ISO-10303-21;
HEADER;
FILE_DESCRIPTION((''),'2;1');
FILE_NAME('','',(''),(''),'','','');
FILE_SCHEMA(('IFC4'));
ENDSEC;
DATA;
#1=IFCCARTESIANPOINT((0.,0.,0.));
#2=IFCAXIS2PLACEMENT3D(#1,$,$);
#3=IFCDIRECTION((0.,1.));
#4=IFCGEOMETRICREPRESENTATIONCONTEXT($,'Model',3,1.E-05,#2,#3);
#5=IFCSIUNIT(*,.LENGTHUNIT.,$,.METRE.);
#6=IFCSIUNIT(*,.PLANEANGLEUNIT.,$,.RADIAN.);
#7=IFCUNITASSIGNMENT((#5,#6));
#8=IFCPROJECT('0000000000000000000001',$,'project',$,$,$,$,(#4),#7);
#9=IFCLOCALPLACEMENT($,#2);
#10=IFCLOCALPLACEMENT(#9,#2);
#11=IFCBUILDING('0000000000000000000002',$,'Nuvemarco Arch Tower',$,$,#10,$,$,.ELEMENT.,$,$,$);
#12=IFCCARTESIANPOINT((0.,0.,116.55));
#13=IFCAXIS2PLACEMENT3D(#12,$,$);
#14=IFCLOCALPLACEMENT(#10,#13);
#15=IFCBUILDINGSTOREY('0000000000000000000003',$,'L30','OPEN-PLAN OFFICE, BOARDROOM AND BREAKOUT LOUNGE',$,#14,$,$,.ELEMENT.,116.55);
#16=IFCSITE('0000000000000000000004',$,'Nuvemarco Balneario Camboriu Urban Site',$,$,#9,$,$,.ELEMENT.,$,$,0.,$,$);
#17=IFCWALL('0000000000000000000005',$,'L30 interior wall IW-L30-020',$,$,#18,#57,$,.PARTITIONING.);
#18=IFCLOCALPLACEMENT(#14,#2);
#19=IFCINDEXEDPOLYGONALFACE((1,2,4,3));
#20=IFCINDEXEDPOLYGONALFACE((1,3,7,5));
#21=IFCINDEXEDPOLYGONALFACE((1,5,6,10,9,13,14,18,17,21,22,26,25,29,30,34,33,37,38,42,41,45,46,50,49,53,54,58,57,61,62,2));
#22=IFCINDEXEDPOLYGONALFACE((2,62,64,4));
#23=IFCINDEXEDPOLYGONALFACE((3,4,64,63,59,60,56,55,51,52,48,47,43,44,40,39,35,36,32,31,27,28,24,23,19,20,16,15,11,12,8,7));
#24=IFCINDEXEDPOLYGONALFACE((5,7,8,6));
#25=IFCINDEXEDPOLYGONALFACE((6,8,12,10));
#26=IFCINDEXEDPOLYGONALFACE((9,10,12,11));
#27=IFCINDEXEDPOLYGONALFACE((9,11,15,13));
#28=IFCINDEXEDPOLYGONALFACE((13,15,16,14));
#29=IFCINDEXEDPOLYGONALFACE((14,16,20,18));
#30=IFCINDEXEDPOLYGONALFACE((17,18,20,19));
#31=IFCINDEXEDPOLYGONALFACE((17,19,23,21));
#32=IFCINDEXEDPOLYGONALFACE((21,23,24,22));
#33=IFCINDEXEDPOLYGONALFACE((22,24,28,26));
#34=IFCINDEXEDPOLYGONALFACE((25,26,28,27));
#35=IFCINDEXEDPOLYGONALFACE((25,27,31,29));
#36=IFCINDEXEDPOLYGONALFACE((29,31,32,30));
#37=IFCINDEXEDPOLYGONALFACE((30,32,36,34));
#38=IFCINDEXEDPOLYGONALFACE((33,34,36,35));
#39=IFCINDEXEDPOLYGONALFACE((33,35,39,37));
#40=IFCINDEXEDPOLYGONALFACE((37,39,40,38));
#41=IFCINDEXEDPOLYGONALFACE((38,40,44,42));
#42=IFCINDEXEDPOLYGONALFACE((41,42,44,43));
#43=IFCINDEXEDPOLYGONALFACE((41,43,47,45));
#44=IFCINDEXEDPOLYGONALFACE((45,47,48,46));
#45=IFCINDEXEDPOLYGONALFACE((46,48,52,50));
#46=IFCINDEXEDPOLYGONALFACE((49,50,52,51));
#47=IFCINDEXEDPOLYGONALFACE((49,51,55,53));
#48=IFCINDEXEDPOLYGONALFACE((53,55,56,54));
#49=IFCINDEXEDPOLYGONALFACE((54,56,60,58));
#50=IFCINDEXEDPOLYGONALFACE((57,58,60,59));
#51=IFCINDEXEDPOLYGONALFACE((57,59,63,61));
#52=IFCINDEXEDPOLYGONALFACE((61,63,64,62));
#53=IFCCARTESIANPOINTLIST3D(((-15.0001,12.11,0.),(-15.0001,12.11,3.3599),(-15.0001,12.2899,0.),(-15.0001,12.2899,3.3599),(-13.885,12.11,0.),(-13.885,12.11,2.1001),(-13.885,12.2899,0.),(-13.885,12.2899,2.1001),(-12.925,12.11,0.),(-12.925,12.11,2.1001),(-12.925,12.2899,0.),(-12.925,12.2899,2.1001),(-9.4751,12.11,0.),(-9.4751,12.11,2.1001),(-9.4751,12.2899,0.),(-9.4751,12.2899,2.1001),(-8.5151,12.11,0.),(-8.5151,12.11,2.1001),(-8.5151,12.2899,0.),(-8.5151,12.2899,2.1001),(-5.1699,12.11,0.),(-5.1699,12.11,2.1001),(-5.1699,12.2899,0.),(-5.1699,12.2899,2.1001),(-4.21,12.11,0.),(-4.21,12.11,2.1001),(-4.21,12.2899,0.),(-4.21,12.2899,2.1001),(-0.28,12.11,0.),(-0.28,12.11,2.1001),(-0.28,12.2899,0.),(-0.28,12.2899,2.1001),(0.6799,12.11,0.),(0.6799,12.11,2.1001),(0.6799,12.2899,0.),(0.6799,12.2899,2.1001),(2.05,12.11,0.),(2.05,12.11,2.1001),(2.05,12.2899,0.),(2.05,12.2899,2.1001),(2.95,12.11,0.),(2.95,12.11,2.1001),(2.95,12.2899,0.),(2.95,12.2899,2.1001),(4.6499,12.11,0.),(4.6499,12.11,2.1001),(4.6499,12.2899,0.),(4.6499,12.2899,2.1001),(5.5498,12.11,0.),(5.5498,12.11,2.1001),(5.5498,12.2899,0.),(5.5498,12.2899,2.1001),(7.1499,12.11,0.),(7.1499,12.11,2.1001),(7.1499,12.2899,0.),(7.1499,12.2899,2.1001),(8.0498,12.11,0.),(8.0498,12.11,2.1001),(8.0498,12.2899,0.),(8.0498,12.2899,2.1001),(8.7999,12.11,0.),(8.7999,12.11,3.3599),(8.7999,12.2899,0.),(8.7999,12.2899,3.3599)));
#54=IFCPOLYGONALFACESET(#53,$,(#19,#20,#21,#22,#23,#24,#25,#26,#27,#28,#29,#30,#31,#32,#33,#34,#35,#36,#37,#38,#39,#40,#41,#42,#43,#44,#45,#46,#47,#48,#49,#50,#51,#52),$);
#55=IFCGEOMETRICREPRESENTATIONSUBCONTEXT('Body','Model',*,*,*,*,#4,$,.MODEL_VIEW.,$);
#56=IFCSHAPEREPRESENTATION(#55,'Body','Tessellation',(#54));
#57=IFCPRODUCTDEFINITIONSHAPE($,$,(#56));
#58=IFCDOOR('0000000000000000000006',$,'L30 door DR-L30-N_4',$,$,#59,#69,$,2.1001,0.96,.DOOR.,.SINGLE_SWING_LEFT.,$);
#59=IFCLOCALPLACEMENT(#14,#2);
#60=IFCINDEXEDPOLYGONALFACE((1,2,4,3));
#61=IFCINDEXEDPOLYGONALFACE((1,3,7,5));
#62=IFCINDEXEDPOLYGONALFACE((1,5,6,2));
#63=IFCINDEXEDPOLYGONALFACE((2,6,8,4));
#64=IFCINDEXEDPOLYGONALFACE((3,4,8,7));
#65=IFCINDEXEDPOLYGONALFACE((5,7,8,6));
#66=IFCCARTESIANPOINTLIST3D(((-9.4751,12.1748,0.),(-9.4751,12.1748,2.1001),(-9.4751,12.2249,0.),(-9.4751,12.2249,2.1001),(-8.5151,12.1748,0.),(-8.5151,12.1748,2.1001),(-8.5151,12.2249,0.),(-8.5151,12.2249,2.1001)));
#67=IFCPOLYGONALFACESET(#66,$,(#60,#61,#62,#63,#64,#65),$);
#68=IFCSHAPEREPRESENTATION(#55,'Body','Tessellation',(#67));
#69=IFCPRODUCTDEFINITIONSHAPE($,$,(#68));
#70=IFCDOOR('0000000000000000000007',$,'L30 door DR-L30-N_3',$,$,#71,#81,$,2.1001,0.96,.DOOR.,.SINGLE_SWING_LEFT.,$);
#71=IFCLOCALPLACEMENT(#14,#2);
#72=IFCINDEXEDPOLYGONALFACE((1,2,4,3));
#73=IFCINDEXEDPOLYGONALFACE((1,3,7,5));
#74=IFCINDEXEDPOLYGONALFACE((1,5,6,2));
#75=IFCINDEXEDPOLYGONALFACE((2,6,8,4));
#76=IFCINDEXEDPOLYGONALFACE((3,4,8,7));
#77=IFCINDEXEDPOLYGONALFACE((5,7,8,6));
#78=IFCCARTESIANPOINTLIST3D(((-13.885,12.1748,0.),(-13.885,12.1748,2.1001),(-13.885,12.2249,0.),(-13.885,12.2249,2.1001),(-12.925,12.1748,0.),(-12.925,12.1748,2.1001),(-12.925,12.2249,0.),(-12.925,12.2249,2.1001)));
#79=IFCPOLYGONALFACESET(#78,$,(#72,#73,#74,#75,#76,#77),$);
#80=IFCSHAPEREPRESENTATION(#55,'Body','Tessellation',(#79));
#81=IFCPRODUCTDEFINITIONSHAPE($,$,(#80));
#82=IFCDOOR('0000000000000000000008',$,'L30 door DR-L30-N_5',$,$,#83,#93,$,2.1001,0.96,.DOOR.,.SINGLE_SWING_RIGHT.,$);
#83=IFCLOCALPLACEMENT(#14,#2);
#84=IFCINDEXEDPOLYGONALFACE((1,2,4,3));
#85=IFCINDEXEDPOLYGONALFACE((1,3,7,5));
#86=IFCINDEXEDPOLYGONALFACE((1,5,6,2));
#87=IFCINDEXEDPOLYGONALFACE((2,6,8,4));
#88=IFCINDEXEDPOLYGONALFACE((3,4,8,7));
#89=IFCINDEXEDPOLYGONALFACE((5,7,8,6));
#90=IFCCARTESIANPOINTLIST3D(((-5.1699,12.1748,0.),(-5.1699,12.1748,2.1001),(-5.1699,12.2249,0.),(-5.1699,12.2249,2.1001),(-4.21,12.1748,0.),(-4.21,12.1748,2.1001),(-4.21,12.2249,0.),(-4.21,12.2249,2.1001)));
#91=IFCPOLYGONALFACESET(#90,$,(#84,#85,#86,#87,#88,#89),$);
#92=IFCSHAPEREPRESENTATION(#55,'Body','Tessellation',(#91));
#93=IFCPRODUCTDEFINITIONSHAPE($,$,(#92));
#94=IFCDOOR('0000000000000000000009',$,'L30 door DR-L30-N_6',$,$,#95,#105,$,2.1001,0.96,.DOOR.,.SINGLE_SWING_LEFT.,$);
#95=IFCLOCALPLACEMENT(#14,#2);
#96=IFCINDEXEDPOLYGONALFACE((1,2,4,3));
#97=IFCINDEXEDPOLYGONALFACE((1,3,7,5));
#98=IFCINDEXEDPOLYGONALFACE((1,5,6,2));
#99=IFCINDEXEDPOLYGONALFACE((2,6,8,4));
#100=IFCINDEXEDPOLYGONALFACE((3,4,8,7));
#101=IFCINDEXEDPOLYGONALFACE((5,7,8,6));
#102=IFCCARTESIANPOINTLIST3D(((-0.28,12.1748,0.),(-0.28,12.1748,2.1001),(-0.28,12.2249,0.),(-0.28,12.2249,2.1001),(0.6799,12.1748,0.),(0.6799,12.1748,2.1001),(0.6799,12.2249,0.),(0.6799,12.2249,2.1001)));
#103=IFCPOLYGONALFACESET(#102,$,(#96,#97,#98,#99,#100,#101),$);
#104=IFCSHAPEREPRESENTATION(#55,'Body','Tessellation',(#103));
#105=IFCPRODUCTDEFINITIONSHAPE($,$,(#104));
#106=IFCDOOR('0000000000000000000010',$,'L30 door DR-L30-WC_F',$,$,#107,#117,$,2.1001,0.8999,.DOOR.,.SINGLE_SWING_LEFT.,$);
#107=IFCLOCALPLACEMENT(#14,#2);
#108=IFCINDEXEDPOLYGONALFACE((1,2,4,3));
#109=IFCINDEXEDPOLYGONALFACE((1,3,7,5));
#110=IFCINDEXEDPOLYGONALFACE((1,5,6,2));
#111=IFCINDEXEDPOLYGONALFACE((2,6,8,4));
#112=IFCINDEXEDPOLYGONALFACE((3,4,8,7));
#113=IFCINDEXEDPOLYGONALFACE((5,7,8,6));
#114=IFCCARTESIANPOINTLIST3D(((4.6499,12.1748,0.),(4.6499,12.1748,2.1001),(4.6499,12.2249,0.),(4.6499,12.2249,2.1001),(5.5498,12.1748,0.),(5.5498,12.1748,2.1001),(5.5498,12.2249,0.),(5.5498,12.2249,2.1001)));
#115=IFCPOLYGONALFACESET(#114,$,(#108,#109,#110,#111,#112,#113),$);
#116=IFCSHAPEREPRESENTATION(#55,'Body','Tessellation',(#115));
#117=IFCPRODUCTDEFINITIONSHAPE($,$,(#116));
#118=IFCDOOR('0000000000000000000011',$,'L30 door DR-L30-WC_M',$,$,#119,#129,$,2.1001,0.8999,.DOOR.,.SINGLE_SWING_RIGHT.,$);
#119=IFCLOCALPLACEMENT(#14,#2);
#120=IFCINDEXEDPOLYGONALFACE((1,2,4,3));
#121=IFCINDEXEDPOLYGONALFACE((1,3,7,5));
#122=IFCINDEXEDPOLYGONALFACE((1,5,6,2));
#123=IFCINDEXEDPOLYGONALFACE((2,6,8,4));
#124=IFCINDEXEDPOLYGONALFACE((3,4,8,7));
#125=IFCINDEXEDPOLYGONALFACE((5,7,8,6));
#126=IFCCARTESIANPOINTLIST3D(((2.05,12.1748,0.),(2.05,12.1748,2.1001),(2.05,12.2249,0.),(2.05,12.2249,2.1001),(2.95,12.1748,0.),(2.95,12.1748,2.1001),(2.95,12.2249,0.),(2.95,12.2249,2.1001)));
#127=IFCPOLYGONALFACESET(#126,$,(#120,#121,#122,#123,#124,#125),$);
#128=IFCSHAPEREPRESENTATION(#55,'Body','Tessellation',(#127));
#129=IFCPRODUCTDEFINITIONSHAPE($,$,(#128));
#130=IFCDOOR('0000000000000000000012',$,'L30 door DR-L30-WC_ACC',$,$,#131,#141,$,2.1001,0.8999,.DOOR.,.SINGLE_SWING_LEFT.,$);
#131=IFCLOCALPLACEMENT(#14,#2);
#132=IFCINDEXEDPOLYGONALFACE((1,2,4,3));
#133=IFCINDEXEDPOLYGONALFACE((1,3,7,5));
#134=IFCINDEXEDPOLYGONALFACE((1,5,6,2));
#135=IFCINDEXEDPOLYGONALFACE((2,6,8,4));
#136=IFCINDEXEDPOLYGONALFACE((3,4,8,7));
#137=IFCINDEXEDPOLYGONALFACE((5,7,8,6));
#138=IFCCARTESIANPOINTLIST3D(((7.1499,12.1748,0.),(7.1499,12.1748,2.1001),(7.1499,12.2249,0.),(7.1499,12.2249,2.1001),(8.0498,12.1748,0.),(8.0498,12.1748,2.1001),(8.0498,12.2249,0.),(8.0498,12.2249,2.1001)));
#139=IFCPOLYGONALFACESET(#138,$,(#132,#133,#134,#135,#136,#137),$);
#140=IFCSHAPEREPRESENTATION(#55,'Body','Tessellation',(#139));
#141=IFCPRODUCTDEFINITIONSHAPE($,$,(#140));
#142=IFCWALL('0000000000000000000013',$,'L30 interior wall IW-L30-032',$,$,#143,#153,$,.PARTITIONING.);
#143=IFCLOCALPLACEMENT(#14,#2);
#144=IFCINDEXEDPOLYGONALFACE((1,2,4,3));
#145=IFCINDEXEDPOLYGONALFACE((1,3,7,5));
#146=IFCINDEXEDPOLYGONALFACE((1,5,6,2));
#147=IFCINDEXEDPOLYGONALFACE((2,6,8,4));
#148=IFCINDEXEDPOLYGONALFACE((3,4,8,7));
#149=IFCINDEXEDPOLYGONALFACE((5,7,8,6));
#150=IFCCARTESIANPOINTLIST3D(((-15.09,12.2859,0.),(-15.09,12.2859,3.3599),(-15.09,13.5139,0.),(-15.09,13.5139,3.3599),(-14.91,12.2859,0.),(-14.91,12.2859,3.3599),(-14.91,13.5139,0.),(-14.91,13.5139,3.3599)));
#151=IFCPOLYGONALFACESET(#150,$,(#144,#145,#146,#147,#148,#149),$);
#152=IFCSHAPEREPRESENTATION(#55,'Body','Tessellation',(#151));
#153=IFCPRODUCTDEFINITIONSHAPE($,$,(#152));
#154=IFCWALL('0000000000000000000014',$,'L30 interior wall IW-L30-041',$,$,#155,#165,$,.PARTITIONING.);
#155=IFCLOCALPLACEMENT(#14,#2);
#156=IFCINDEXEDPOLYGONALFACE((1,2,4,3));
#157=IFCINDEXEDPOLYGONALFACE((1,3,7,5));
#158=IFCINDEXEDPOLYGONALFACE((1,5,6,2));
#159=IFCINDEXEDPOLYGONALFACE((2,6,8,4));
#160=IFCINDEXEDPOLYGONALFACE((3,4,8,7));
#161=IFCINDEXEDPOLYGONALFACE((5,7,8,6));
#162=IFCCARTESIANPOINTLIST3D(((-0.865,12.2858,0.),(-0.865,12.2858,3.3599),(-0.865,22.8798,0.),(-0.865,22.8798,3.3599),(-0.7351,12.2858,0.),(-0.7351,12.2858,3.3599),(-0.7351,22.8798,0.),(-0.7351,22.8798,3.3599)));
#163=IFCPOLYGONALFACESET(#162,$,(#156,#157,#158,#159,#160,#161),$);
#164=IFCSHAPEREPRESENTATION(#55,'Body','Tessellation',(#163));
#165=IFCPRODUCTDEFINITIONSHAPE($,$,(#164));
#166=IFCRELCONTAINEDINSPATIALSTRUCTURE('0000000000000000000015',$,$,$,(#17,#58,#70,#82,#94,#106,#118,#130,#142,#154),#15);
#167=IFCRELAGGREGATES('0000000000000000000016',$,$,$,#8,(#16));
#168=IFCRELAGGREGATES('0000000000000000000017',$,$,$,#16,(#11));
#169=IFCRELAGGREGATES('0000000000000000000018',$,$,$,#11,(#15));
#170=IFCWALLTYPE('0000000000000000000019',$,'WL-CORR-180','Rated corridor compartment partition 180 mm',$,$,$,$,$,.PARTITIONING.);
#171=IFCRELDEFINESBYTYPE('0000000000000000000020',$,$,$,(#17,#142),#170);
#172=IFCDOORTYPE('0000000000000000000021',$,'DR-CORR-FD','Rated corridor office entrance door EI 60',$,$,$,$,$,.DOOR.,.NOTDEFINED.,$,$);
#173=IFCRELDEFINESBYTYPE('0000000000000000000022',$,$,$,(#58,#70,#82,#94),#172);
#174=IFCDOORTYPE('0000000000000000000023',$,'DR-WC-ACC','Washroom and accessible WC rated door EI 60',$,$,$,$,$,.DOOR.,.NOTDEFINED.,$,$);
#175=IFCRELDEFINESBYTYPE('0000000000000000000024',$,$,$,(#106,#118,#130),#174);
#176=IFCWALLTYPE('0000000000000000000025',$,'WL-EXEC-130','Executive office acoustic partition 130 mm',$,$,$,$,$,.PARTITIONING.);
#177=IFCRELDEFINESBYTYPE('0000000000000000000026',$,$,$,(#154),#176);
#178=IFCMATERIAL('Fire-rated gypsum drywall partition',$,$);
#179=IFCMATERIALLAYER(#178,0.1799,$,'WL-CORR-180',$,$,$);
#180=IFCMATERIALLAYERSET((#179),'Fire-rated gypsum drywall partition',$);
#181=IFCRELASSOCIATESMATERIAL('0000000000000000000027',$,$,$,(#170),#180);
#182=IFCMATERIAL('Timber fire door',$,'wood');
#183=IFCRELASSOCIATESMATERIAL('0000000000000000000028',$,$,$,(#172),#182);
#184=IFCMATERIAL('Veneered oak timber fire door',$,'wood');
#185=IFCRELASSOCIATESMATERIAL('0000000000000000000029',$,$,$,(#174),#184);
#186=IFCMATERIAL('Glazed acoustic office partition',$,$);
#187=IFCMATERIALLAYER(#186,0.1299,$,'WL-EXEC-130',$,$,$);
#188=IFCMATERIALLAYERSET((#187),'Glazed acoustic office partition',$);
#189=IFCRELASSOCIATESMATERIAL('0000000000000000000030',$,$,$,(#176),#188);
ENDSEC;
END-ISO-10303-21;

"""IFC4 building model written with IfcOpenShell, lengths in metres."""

from ifc_helpers import new_model, si_unit, direction, frame, frame_2d, origin, place, context, subcontext, project, spatial, rectangle, extrude, source, transform, mapped, material, layer, layer_set, type_object, type_shapes, element, fill, save


model = new_model("IFC4")

# Units and contexts
model_context = context("Model", 3, precision=1e-05, world=origin(), true_north=direction((0.0, 1.0)))
body_context = subcontext(model_context, "Body", "Model", "MODEL_VIEW")
ifc_project = project(units=[si_unit("LENGTHUNIT", "METRE"), si_unit("PLANEANGLEUNIT", "RADIAN")], contexts=[model_context])

# Site, building, storey
site_placement = place(None, origin())
site = spatial("IfcSite", under=ifc_project, at=site_placement, Name="Nuvemarco Balneario Camboriu Urban Site", CompositionType="ELEMENT", RefElevation=0.0)
building_placement = place(site_placement, origin())
building = spatial("IfcBuilding", under=site, at=building_placement, Name="Nuvemarco Arch Tower", CompositionType="ELEMENT")
storey_placement = place(building_placement, frame((0.0, 0.0, 116.55)))
storey = spatial("IfcBuildingStorey", under=building, at=storey_placement, Name="L30", Description="OPEN-PLAN OFFICE, BOARDROOM AND BREAKOUT LOUNGE", CompositionType="ELEMENT", Elevation=116.55)

# Shared definitions
ifc_material_1 = material(Name="Fire-rated gypsum drywall partition")
ifc_layer_1 = layer(ifc_material_1, 0.1799, Name="WL-CORR-180")
ifc_layer_set_1 = layer_set([ifc_layer_1], Name="Fire-rated gypsum drywall partition")
wall_type_1 = type_object("IfcWallType", Name="WL-CORR-180", Description="Rated corridor compartment partition 180 mm", PredefinedType="PARTITIONING", material=ifc_layer_set_1)

# Wall, openings, doors
wall_1_placement = place(storey_placement, frame((-15.0, 12.2, 0.0), z_axis=(0.0, 0.0, 1.0), x_axis=(1.0, 0.0, 0.0)))
wall_1 = element("IfcWall", 1, at=wall_1_placement, inside=storey, type_object=wall_type_1, Name="L30 interior wall IW-L30-020", PredefinedType="PARTITIONING", context=body_context, shape_type="SweptSolid", body=[
    extrude(rectangle(XDim=23.8, YDim=0.1799, at=frame_2d((11.8999, 0.0))), origin(), (0.0, 0.0, 1.0), 3.3599),
])
opening_1_placement = place(wall_1_placement, frame((5.5249, 0.0, 0.0)))
opening_1 = element("IfcOpeningElement", 2, at=opening_1_placement, cuts=wall_1, PredefinedType="OPENING", context=body_context, shape_type="SweptSolid", body=[
    extrude(rectangle(XDim=0.96, YDim=2.1001, at=frame_2d((0.48, 1.05))), frame((0.0, 0.0999, 0.0), z_axis=(0.0, -1.0, 0.0), x_axis=(1.0, 0.0, 0.0)), (0.0, 0.0, 1.0), 0.2),
])
opening_2_placement = place(wall_1_placement, frame((1.115, 0.0, 0.0)))
opening_2 = element("IfcOpeningElement", 3, at=opening_2_placement, cuts=wall_1, PredefinedType="OPENING", context=body_context, shape_type="SweptSolid", body=[
    extrude(rectangle(XDim=0.96, YDim=2.1001, at=frame_2d((0.48, 1.05))), frame((0.0, 0.0999, 0.0), z_axis=(0.0, -1.0, 0.0), x_axis=(1.0, 0.0, 0.0)), (0.0, 0.0, 1.0), 0.2),
])
opening_3_placement = place(wall_1_placement, frame((9.8301, 0.0, 0.0)))
opening_3 = element("IfcOpeningElement", 4, at=opening_3_placement, cuts=wall_1, PredefinedType="OPENING", context=body_context, shape_type="SweptSolid", body=[
    extrude(rectangle(XDim=0.96, YDim=2.1001, at=frame_2d((0.48, 1.05))), frame((0.0, 0.0999, 0.0), z_axis=(0.0, -1.0, 0.0), x_axis=(1.0, 0.0, 0.0)), (0.0, 0.0, 1.0), 0.2),
])
opening_4_placement = place(wall_1_placement, frame((19.6499, 0.0, 0.0)))
opening_4 = element("IfcOpeningElement", 5, at=opening_4_placement, cuts=wall_1, PredefinedType="OPENING", context=body_context, shape_type="SweptSolid", body=[
    extrude(rectangle(XDim=0.8999, YDim=2.1001, at=frame_2d((0.45, 1.05))), frame((0.0, 0.0999, 0.0), z_axis=(0.0, -1.0, 0.0), x_axis=(1.0, 0.0, 0.0)), (0.0, 0.0, 1.0), 0.2),
])
opening_5_placement = place(wall_1_placement, frame((17.05, 0.0, 0.0)))
opening_5 = element("IfcOpeningElement", 6, at=opening_5_placement, cuts=wall_1, PredefinedType="OPENING", context=body_context, shape_type="SweptSolid", body=[
    extrude(rectangle(XDim=0.8999, YDim=2.1001, at=frame_2d((0.45, 1.05))), frame((0.0, 0.0999, 0.0), z_axis=(0.0, -1.0, 0.0), x_axis=(1.0, 0.0, 0.0)), (0.0, 0.0, 1.0), 0.2),
])
opening_6_placement = place(wall_1_placement, frame((22.1499, 0.0, 0.0)))
opening_6 = element("IfcOpeningElement", 7, at=opening_6_placement, cuts=wall_1, PredefinedType="OPENING", context=body_context, shape_type="SweptSolid", body=[
    extrude(rectangle(XDim=0.8999, YDim=2.1001, at=frame_2d((0.45, 1.05))), frame((0.0, 0.0999, 0.0), z_axis=(0.0, -1.0, 0.0), x_axis=(1.0, 0.0, 0.0)), (0.0, 0.0, 1.0), 0.2),
])
opening_7_placement = place(wall_1_placement, frame((14.72, 0.0, 0.0)))
opening_7 = element("IfcOpeningElement", 8, at=opening_7_placement, cuts=wall_1, PredefinedType="OPENING", context=body_context, shape_type="SweptSolid", body=[
    extrude(rectangle(XDim=0.96, YDim=2.1001, at=frame_2d((0.48, 1.05))), frame((0.0, 0.0999, 0.0), z_axis=(0.0, -1.0, 0.0), x_axis=(1.0, 0.0, 0.0)), (0.0, 0.0, 1.0), 0.2),
])
ifc_material_2 = material(Name="Timber fire door", Category="wood")
door_type_1 = type_object("IfcDoorType", Name="DR-CORR-FD", Description="Rated corridor office entrance door EI 60", OperationType="NOTDEFINED", PredefinedType="DOOR", material=ifc_material_2)
shared_shape_1 = source(origin(), body_context, "Body", "SweptSolid", [
    extrude(rectangle(XDim=0.96, YDim=2.1001, at=frame_2d((0.48, 1.05))), frame((0.0, 0.0249, 0.0), z_axis=(0.0, -1.0, 0.0), x_axis=(1.0, 0.0, 0.0)), (0.0, 0.0, 1.0), 0.05),
])
type_shapes(door_type_1, [shared_shape_1])
door_1_placement = place(opening_1_placement, origin())
door_1 = element("IfcDoor", 9, at=door_1_placement, inside=storey, type_object=door_type_1, Name="L30 door DR-L30-N_4", OperationType="SINGLE_SWING_LEFT", OverallHeight=2.1001, OverallWidth=0.96, PredefinedType="DOOR", context=body_context, shape_type="MappedRepresentation", body=[
    mapped(shared_shape_1, transform((0.0, 0.0, 0.0), scale=1.0)),
])
fill(opening_1, door_1)
door_2_placement = place(opening_2_placement, origin())
door_2 = element("IfcDoor", 10, at=door_2_placement, inside=storey, type_object=door_type_1, Name="L30 door DR-L30-N_3", OperationType="SINGLE_SWING_LEFT", OverallHeight=2.1001, OverallWidth=0.96, PredefinedType="DOOR", context=body_context, shape_type="MappedRepresentation", body=[
    mapped(shared_shape_1, transform((0.0, 0.0, 0.0), scale=1.0)),
])
fill(opening_2, door_2)
door_3_placement = place(opening_3_placement, origin())
door_3 = element("IfcDoor", 11, at=door_3_placement, inside=storey, type_object=door_type_1, Name="L30 door DR-L30-N_5", OperationType="SINGLE_SWING_RIGHT", OverallHeight=2.1001, OverallWidth=0.96, PredefinedType="DOOR", context=body_context, shape_type="MappedRepresentation", body=[
    mapped(shared_shape_1, transform((0.0, 0.0, 0.0), scale=1.0)),
])
fill(opening_3, door_3)
door_4_placement = place(opening_7_placement, origin())
door_4 = element("IfcDoor", 12, at=door_4_placement, inside=storey, type_object=door_type_1, Name="L30 door DR-L30-N_6", OperationType="SINGLE_SWING_LEFT", OverallHeight=2.1001, OverallWidth=0.96, PredefinedType="DOOR", context=body_context, shape_type="MappedRepresentation", body=[
    mapped(shared_shape_1, transform((0.0, 0.0, 0.0), scale=1.0)),
])
fill(opening_7, door_4)
ifc_material_3 = material(Name="Veneered oak timber fire door", Category="wood")
door_type_2 = type_object("IfcDoorType", Name="DR-WC-ACC", Description="Washroom and accessible WC rated door EI 60", OperationType="NOTDEFINED", PredefinedType="DOOR", material=ifc_material_3)
shared_shape_2 = source(origin(), body_context, "Body", "SweptSolid", [
    extrude(rectangle(XDim=0.8999, YDim=2.1001, at=frame_2d((0.45, 1.05))), frame((0.0, 0.0249, 0.0), z_axis=(0.0, -1.0, 0.0), x_axis=(1.0, 0.0, 0.0)), (0.0, 0.0, 1.0), 0.05),
])
type_shapes(door_type_2, [shared_shape_2])
door_5_placement = place(opening_4_placement, origin())
door_5 = element("IfcDoor", 13, at=door_5_placement, inside=storey, type_object=door_type_2, Name="L30 door DR-L30-WC_F", OperationType="SINGLE_SWING_LEFT", OverallHeight=2.1001, OverallWidth=0.8999, PredefinedType="DOOR", context=body_context, shape_type="MappedRepresentation", body=[
    mapped(shared_shape_2, transform((0.0, 0.0, 0.0), scale=1.0)),
])
fill(opening_4, door_5)
door_6_placement = place(opening_5_placement, origin())
door_6 = element("IfcDoor", 14, at=door_6_placement, inside=storey, type_object=door_type_2, Name="L30 door DR-L30-WC_M", OperationType="SINGLE_SWING_RIGHT", OverallHeight=2.1001, OverallWidth=0.8999, PredefinedType="DOOR", context=body_context, shape_type="MappedRepresentation", body=[
    mapped(shared_shape_2, transform((0.0, 0.0, 0.0), scale=1.0)),
])
fill(opening_5, door_6)
door_7_placement = place(opening_6_placement, origin())
door_7 = element("IfcDoor", 15, at=door_7_placement, inside=storey, type_object=door_type_2, Name="L30 door DR-L30-WC_ACC", OperationType="SINGLE_SWING_LEFT", OverallHeight=2.1001, OverallWidth=0.8999, PredefinedType="DOOR", context=body_context, shape_type="MappedRepresentation", body=[
    mapped(shared_shape_2, transform((0.0, 0.0, 0.0), scale=1.0)),
])
fill(opening_6, door_7)

# Walls
wall_2_placement = place(storey_placement, frame((-15.0, 12.2859, 0.0), z_axis=(0.0, 0.0, 1.0), x_axis=(0.0, 1.0, 0.0)))
element("IfcWall", 16, at=wall_2_placement, inside=storey, type_object=wall_type_1, Name="L30 interior wall IW-L30-032", PredefinedType="PARTITIONING", context=body_context, shape_type="SweptSolid", body=[
    extrude(rectangle(XDim=1.228, YDim=0.1799, at=frame_2d((0.614, 0.0))), origin(), (0.0, 0.0, 1.0), 3.3599),
])
ifc_material_4 = material(Name="Glazed acoustic office partition")
ifc_layer_2 = layer(ifc_material_4, 0.1299, Name="WL-EXEC-130")
ifc_layer_set_2 = layer_set([ifc_layer_2], Name="Glazed acoustic office partition")
wall_type_2 = type_object("IfcWallType", Name="WL-EXEC-130", Description="Executive office acoustic partition 130 mm", PredefinedType="PARTITIONING", material=ifc_layer_set_2)
wall_3_placement = place(storey_placement, frame((-0.8, 12.2859, 0.0), z_axis=(0.0, 0.0, 1.0), x_axis=(0.0, 1.0, 0.0)))
element("IfcWall", 17, at=wall_3_placement, inside=storey, type_object=wall_type_2, Name="L30 interior wall IW-L30-041", PredefinedType="PARTITIONING", context=body_context, shape_type="SweptSolid", body=[
    extrude(rectangle(XDim=10.594, YDim=0.1299, at=frame_2d((5.2969, 0.0))), origin(), (0.0, 0.0, 1.0), 3.3599),
])

save(model, "model.ifc")
